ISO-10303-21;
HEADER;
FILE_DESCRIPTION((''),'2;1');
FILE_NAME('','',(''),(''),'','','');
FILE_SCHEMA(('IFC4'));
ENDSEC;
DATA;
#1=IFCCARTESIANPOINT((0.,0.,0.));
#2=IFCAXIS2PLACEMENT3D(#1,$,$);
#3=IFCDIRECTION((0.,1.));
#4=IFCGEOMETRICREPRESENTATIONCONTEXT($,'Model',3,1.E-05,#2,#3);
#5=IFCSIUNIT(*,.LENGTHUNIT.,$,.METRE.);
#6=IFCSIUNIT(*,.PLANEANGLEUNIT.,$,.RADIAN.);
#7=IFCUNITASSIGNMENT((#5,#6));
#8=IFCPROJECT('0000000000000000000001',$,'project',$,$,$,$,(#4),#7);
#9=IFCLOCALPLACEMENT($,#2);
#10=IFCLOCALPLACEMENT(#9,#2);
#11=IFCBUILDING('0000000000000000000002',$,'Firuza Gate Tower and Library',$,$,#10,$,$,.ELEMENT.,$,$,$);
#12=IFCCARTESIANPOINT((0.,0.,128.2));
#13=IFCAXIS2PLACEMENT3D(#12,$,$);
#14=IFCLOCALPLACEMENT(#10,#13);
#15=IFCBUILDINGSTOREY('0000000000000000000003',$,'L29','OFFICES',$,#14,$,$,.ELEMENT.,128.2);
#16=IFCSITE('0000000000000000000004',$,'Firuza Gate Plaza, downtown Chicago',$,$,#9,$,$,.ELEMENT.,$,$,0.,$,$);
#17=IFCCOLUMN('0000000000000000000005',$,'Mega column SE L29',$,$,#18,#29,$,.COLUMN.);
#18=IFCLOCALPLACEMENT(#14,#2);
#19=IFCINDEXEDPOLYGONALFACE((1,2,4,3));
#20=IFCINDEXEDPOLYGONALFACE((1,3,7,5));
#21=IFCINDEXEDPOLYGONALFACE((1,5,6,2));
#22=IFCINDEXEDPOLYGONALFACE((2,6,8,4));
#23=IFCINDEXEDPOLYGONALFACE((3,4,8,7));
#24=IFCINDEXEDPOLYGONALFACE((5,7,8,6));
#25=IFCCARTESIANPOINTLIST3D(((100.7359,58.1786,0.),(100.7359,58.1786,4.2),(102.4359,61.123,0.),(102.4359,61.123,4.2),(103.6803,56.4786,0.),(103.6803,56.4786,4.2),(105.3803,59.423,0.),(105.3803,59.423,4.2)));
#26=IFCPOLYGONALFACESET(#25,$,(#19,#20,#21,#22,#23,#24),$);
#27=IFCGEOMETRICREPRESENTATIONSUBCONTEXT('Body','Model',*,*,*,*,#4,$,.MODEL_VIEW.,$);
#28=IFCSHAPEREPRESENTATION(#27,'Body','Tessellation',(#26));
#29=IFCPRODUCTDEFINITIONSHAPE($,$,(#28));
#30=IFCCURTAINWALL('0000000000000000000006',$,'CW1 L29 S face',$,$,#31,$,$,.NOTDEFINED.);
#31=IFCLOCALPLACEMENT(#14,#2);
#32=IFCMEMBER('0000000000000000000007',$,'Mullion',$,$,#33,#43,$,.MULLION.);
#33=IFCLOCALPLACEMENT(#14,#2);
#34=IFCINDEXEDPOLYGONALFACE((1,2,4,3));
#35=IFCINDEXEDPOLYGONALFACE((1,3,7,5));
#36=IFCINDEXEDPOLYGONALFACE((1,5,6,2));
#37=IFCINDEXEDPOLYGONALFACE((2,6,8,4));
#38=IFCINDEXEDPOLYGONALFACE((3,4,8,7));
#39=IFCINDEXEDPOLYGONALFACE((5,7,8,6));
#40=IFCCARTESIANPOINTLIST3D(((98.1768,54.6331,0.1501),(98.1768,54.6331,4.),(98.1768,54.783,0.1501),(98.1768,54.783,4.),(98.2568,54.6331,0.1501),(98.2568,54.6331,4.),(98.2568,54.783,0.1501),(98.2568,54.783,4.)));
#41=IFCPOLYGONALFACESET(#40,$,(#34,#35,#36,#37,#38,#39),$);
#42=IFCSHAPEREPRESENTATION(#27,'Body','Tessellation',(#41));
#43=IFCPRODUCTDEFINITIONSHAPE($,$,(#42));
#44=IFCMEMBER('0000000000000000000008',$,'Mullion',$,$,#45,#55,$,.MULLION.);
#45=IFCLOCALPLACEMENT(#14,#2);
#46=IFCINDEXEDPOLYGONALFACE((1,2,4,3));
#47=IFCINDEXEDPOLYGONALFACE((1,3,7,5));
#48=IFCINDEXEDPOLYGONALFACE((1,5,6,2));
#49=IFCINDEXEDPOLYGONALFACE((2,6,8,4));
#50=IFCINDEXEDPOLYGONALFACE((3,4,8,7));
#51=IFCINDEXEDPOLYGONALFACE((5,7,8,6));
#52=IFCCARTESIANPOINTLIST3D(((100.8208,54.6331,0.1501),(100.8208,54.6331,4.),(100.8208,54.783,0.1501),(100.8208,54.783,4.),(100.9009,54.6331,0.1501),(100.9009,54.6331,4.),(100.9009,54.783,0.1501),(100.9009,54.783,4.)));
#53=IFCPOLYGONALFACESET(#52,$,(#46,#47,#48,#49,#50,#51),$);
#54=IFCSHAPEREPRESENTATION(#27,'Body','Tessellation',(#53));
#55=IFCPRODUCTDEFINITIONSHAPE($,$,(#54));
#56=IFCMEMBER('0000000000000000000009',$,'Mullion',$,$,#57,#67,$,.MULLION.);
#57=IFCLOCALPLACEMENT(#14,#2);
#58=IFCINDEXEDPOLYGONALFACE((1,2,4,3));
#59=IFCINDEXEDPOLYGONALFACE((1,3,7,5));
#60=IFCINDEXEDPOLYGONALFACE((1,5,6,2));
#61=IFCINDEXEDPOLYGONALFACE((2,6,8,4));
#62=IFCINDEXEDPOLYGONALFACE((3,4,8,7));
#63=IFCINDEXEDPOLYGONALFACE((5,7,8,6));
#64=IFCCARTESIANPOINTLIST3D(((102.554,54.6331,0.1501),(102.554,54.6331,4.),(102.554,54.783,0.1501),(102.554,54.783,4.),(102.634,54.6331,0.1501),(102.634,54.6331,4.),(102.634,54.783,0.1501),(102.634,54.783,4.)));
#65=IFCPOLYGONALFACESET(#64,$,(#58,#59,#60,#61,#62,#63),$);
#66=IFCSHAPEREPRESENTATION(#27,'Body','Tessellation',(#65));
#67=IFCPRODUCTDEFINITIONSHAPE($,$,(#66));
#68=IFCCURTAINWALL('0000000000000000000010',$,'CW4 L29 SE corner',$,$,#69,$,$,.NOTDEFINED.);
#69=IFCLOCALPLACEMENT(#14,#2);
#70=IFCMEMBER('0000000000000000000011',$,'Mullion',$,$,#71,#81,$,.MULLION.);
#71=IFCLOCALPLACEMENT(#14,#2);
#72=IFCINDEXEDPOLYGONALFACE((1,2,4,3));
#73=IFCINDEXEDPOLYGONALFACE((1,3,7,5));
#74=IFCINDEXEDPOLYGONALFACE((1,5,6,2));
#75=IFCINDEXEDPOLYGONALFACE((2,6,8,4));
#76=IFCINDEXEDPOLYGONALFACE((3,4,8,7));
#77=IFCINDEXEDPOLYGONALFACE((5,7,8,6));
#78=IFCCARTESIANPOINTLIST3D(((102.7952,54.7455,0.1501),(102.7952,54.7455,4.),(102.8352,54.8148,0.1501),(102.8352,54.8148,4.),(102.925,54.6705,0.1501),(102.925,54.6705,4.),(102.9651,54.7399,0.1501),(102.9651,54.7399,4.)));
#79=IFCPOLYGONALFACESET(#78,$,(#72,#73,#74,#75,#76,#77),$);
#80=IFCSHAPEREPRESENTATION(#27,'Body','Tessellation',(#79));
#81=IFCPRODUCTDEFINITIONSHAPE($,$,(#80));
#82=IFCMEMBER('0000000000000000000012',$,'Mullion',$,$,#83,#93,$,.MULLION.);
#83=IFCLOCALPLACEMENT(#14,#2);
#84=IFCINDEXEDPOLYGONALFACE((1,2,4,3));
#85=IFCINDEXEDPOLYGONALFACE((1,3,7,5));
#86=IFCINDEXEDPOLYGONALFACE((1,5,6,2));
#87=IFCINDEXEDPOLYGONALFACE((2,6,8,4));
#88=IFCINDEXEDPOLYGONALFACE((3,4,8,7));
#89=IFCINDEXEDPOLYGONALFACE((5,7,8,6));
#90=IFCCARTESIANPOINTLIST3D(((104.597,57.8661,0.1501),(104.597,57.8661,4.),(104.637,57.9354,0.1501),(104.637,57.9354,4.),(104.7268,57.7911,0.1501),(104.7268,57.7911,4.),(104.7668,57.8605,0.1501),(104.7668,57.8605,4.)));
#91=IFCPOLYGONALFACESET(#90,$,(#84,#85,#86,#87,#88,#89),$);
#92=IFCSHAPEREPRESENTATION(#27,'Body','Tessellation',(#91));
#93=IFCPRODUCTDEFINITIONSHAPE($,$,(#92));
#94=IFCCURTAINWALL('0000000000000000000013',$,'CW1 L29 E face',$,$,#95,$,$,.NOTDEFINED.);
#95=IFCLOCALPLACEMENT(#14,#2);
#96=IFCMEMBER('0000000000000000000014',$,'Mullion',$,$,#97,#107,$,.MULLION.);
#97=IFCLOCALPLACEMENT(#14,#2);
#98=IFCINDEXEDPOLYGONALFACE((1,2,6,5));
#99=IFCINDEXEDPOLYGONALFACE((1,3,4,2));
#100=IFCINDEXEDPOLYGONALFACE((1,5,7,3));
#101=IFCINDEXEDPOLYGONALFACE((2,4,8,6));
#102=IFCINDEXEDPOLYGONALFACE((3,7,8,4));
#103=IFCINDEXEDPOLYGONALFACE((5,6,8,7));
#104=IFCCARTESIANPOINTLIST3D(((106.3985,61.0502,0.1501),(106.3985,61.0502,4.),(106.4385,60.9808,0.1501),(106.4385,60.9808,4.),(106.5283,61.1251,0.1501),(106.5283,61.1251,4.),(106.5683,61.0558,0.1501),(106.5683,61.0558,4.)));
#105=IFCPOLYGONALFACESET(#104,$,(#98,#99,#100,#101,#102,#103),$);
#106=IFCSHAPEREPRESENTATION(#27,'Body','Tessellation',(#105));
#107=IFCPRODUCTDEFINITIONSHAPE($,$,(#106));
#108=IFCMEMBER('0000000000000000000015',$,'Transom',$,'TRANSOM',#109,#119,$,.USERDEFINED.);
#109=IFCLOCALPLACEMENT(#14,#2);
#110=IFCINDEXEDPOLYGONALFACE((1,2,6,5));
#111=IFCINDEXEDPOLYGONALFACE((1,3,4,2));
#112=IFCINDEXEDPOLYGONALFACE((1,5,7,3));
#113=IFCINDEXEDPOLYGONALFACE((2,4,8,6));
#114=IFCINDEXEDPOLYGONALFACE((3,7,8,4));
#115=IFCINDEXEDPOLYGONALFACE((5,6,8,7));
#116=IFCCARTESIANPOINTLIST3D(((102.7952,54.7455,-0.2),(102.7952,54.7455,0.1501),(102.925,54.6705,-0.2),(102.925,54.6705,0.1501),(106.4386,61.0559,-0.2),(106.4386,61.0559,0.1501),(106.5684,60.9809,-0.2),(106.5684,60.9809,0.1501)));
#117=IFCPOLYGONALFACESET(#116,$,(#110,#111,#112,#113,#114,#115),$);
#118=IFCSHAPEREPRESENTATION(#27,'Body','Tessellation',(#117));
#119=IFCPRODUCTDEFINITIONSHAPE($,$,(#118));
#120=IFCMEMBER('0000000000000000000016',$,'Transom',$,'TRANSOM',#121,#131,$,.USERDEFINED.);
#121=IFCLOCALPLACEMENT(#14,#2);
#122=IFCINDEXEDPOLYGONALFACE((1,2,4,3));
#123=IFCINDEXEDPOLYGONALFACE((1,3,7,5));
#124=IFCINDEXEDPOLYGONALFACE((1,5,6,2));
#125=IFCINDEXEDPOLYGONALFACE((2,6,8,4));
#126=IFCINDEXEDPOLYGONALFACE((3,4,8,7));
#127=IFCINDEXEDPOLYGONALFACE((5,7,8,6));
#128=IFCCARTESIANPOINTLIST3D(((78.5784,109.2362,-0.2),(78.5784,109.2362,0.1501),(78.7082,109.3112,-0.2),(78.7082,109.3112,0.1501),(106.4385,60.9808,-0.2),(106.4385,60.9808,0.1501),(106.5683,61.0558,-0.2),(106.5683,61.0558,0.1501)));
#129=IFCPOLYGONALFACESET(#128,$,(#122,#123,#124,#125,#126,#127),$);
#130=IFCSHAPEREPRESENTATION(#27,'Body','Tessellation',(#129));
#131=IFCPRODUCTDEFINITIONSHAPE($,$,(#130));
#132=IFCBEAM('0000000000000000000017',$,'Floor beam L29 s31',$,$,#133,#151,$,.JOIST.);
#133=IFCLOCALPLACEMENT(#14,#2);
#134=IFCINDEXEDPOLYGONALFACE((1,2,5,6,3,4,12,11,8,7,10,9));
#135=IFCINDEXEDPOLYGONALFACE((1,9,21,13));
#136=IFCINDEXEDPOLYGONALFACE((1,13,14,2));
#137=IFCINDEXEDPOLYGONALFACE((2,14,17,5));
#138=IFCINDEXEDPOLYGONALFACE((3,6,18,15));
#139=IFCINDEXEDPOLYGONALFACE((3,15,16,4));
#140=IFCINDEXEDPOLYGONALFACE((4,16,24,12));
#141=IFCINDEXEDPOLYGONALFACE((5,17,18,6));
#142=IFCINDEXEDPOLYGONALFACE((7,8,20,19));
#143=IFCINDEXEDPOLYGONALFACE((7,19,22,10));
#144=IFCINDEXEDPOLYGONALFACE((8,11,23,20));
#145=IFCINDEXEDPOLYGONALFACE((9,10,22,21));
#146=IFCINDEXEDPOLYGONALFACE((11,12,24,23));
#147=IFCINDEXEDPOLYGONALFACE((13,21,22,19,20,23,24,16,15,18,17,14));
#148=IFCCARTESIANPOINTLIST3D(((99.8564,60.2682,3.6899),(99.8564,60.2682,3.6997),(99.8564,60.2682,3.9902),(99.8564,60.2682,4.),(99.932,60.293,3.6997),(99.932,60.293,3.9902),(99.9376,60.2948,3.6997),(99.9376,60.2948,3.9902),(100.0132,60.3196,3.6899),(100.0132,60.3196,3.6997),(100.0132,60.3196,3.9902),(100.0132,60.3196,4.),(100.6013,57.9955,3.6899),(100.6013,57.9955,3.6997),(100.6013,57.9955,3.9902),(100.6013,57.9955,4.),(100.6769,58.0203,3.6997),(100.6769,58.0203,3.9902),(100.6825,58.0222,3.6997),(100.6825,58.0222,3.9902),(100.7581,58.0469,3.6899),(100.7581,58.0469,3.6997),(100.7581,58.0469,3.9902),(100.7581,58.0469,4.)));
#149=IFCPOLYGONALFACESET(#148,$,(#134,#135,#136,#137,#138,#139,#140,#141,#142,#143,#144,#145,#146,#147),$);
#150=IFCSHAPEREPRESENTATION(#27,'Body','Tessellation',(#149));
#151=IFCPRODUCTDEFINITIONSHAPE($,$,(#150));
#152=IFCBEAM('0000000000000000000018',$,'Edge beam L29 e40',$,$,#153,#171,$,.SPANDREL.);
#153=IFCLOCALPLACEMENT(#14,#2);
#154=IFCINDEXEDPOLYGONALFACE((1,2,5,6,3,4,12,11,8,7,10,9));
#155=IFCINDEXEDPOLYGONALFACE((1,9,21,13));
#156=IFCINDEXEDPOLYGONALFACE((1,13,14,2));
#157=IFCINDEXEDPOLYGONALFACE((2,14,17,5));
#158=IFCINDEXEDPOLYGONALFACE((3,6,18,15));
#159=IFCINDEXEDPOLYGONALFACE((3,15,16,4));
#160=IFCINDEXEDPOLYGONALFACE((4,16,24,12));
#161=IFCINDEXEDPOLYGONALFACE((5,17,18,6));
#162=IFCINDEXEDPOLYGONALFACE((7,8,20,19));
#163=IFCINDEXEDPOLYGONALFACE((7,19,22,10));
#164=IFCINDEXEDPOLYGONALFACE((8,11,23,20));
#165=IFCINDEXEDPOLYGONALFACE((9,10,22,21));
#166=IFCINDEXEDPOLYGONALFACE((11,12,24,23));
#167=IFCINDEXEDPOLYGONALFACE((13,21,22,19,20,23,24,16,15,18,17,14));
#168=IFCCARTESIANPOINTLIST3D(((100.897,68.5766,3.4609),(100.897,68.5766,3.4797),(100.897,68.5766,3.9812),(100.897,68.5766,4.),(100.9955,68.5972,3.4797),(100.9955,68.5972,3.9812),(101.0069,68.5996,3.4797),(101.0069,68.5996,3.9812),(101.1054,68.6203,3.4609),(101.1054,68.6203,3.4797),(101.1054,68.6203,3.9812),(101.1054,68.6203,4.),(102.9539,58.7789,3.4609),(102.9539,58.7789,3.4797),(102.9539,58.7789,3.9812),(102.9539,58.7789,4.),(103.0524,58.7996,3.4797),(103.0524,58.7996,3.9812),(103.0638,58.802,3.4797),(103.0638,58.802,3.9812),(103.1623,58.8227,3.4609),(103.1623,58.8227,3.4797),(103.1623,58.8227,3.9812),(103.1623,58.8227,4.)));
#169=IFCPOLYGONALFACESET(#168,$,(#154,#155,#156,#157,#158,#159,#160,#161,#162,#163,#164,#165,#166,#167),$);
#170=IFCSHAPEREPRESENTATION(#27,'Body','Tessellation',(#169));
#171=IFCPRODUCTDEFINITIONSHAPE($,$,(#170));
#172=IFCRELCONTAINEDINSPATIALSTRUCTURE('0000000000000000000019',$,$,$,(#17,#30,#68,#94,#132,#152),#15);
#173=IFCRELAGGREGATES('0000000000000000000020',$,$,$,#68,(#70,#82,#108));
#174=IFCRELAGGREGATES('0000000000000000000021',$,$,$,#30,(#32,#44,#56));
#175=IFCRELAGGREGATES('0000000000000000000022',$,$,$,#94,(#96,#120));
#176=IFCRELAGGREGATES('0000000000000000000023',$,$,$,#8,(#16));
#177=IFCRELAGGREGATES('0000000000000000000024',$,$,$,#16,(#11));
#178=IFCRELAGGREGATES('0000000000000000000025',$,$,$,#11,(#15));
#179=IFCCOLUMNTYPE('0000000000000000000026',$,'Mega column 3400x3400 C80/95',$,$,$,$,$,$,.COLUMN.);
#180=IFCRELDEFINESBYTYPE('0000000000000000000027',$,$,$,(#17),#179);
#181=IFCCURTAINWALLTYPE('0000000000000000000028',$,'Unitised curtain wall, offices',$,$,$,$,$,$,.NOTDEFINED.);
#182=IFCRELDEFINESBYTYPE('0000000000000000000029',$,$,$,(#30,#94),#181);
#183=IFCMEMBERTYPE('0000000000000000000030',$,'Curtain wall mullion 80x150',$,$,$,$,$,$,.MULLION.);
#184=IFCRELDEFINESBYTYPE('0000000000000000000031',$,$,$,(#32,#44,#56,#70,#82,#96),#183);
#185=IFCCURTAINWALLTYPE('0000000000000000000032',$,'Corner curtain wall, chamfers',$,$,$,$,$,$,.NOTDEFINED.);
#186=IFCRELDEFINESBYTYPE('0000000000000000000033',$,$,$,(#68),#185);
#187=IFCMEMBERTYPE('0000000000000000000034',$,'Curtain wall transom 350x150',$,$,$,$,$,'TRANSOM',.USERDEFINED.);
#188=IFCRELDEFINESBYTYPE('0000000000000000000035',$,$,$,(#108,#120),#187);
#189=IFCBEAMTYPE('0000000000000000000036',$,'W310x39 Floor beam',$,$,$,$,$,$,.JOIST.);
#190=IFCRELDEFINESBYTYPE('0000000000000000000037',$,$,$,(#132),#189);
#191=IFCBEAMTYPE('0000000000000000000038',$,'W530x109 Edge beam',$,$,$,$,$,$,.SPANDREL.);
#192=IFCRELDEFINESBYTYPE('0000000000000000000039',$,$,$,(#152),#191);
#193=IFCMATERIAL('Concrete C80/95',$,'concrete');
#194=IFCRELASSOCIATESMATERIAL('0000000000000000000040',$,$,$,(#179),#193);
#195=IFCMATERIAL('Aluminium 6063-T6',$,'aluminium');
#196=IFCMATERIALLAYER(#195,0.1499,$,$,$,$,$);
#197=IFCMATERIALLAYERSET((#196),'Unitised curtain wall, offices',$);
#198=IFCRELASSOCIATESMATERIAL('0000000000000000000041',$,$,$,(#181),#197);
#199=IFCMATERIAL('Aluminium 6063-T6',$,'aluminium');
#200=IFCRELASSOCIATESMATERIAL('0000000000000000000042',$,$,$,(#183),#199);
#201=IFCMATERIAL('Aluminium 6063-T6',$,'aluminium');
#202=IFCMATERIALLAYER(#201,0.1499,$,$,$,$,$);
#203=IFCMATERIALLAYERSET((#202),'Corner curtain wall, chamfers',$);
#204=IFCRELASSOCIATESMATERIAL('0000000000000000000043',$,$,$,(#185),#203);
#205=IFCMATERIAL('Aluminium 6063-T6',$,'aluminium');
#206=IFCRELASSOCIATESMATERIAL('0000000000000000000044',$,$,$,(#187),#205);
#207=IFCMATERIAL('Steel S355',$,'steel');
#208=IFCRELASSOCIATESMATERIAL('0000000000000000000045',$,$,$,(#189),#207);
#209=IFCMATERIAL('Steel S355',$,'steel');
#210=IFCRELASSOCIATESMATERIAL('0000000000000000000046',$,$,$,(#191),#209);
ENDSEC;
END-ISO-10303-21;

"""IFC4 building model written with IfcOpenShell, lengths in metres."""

from ifc_helpers import new_model, si_unit, direction, frame, origin, origin_2d, place, context, subcontext, project, spatial, rectangle, i_section, extrude, material, layer, layer_set, material_profile, profile_set, type_object, element, aggregate, save


model = new_model("IFC4")

# Units and contexts
model_context = context("Model", 3, precision=1e-05, world=origin(), true_north=direction((0.0, 1.0)))
body_context = subcontext(model_context, "Body", "Model", "MODEL_VIEW")
ifc_project = project(units=[si_unit("LENGTHUNIT", "METRE"), si_unit("PLANEANGLEUNIT", "RADIAN")], contexts=[model_context])

# Site, building, storey
site_placement = place(None, origin())
site = spatial("IfcSite", under=ifc_project, at=site_placement, Name="Firuza Gate Plaza, downtown Chicago", CompositionType="ELEMENT", RefElevation=0.0)
building_placement = place(site_placement, origin())
building = spatial("IfcBuilding", under=site, at=building_placement, Name="Firuza Gate Tower and Library", CompositionType="ELEMENT")
storey_placement = place(building_placement, frame((0.0, 0.0, 128.2)))
storey = spatial("IfcBuildingStorey", under=building, at=storey_placement, Name="L29", Description="OFFICES", CompositionType="ELEMENT", Elevation=128.2)

# Column
ifc_material_1 = material(Name="Concrete C80/95", Category="concrete")
ifc_material_profile_1 = material_profile(ifc_material_1, rectangle(XDim=3.3999, YDim=3.3999, at=origin_2d()))
ifc_profile_set_1 = profile_set([ifc_material_profile_1], Name="Concrete C80/95")
column_type = type_object("IfcColumnType", Name="Mega column 3400x3400 C80/95", PredefinedType="COLUMN", material=ifc_profile_set_1)
column_placement = place(storey_placement, frame((103.0581, 58.8008, 0.0), z_axis=(0.0, 0.0, 1.0), x_axis=(0.5, 0.866025, 0.0)))
element("IfcColumn", 1, at=column_placement, inside=storey, type_object=column_type, Name="Mega column SE L29", PredefinedType="COLUMN", context=body_context, shape_type="SweptSolid", body=[
    extrude(rectangle(XDim=3.3999, YDim=3.3999, at=origin_2d()), origin(), (0.0, 0.0, 1.0), 4.2),
])

# Curtain walls, members
ifc_material_2 = material(Name="Aluminium 6063-T6", Category="aluminium")
ifc_layer_1 = layer(ifc_material_2, 0.1499)
ifc_layer_set_1 = layer_set([ifc_layer_1], Name="Unitised curtain wall, offices")
curtain_wall_type_1 = type_object("IfcCurtainWallType", Name="Unitised curtain wall, offices", PredefinedType="NOTDEFINED", material=ifc_layer_set_1)
placement = place(storey_placement, origin())
curtain_wall_1 = element("IfcCurtainWall", 2, at=placement, inside=storey, type_object=curtain_wall_type_1, Name="CW1 L29 S face", PredefinedType="NOTDEFINED")
ifc_material_3 = material(Name="Aluminium 6063-T6", Category="aluminium")
ifc_material_profile_2 = material_profile(ifc_material_3, rectangle(XDim=0.1499, YDim=0.0801, at=origin_2d()))
ifc_profile_set_2 = profile_set([ifc_material_profile_2], Name="Aluminium 6063-T6")
member_type_1 = type_object("IfcMemberType", Name="Curtain wall mullion 80x150", PredefinedType="MULLION", material=ifc_profile_set_2)
member_1_placement = place(storey_placement, frame((98.2168, 54.708, 0.1501), z_axis=(0.0, 0.0, 1.0), x_axis=(0.0, 1.0, 0.0)))
member_1 = element("IfcMember", 3, at=member_1_placement, type_object=member_type_1, Name="Mullion", PredefinedType="MULLION", context=body_context, shape_type="SweptSolid", body=[
    extrude(rectangle(XDim=0.1499, YDim=0.0801, at=origin_2d()), origin(), (0.0, 0.0, 1.0), 3.8499),
])
member_2_placement = place(storey_placement, frame((100.8608, 54.708, 0.1501), z_axis=(0.0, 0.0, 1.0), x_axis=(0.0, 1.0, 0.0)))
member_2 = element("IfcMember", 4, at=member_2_placement, type_object=member_type_1, Name="Mullion", PredefinedType="MULLION", context=body_context, shape_type="SweptSolid", body=[
    extrude(rectangle(XDim=0.1499, YDim=0.0801, at=origin_2d()), origin(), (0.0, 0.0, 1.0), 3.8499),
])
member_3_placement = place(storey_placement, frame((102.594, 54.708, 0.1501), z_axis=(0.0, 0.0, 1.0), x_axis=(0.0, 1.0, 0.0)))
member_3 = element("IfcMember", 5, at=member_3_placement, type_object=member_type_1, Name="Mullion", PredefinedType="MULLION", context=body_context, shape_type="SweptSolid", body=[
    extrude(rectangle(XDim=0.1499, YDim=0.0801, at=origin_2d()), origin(), (0.0, 0.0, 1.0), 3.8499),
])
ifc_material_4 = material(Name="Aluminium 6063-T6", Category="aluminium")
ifc_layer_2 = layer(ifc_material_4, 0.1499)
ifc_layer_set_2 = layer_set([ifc_layer_2], Name="Corner curtain wall, chamfers")
curtain_wall_type_2 = type_object("IfcCurtainWallType", Name="Corner curtain wall, chamfers", PredefinedType="NOTDEFINED", material=ifc_layer_set_2)
curtain_wall_2 = element("IfcCurtainWall", 6, at=placement, inside=storey, type_object=curtain_wall_type_2, Name="CW4 L29 SE corner", PredefinedType="NOTDEFINED")
member_4_placement = place(storey_placement, frame((102.8801, 54.7427, 0.1501), z_axis=(0.0, 0.0, 1.0), x_axis=(-0.866025, 0.5, 0.0)))
member_4 = element("IfcMember", 7, at=member_4_placement, type_object=member_type_1, Name="Mullion", PredefinedType="MULLION", context=body_context, shape_type="SweptSolid", body=[
    extrude(rectangle(XDim=0.1499, YDim=0.0801, at=origin_2d()), origin(), (0.0, 0.0, 1.0), 3.8499),
])
member_5_placement = place(storey_placement, frame((104.6819, 57.8633, 0.1501), z_axis=(0.0, 0.0, 1.0), x_axis=(-0.866025, 0.5, 0.0)))
member_5 = element("IfcMember", 8, at=member_5_placement, type_object=member_type_1, Name="Mullion", PredefinedType="MULLION", context=body_context, shape_type="SweptSolid", body=[
    extrude(rectangle(XDim=0.1499, YDim=0.0801, at=origin_2d()), origin(), (0.0, 0.0, 1.0), 3.8499),
])

# Curtain wall, member
curtain_wall_3 = element("IfcCurtainWall", 9, at=placement, inside=storey, type_object=curtain_wall_type_1, Name="CW1 L29 E face", PredefinedType="NOTDEFINED")
member_6_placement = place(storey_placement, frame((106.4834, 61.053, 0.1501), z_axis=(0.0, 0.0, 1.0), x_axis=(-0.866025, -0.5, 0.0)))
member_6 = element("IfcMember", 10, at=member_6_placement, type_object=member_type_1, Name="Mullion", PredefinedType="MULLION", context=body_context, shape_type="SweptSolid", body=[
    extrude(rectangle(XDim=0.1499, YDim=0.0801, at=origin_2d()), origin(), (0.0, 0.0, 1.0), 3.8499),
])

# Members
ifc_material_5 = material(Name="Aluminium 6063-T6", Category="aluminium")
ifc_material_profile_3 = material_profile(ifc_material_5, rectangle(XDim=0.1499, YDim=0.3501, at=origin_2d()))
ifc_profile_set_3 = profile_set([ifc_material_profile_3], Name="Aluminium 6063-T6")
member_type_2 = type_object("IfcMemberType", Name="Curtain wall transom 350x150", ElementType="TRANSOM", PredefinedType="USERDEFINED", material=ifc_profile_set_3)
member_7_placement = place(storey_placement, frame((102.8601, 54.708, -0.0249), z_axis=(0.500006, 0.866022, 0.0), x_axis=(-0.866022, 0.500006, 0.0)))
member_7 = element("IfcMember", 11, at=member_7_placement, type_object=member_type_2, Name="Transom", ObjectType="TRANSOM", PredefinedType="USERDEFINED", context=body_context, shape_type="SweptSolid", body=[
    extrude(rectangle(XDim=0.1499, YDim=0.3501, at=origin_2d()), origin(), (0.0, 0.0, 1.0), 7.2866),
])
member_8_placement = place(storey_placement, frame((106.5034, 61.0183, -0.0249), z_axis=(-0.499998, 0.866027, 0.0), x_axis=(-0.866027, -0.499998, 0.0)))
member_8 = element("IfcMember", 12, at=member_8_placement, type_object=member_type_2, Name="Transom", ObjectType="TRANSOM", PredefinedType="USERDEFINED", context=body_context, shape_type="SweptSolid", body=[
    extrude(rectangle(XDim=0.1499, YDim=0.3501, at=origin_2d()), origin(), (0.0, 0.0, 1.0), 55.7205),
])

# Beams
ifc_material_6 = material(Name="Steel S355", Category="steel")
ifc_material_profile_4 = material_profile(ifc_material_6, i_section(OverallWidth=0.165, OverallDepth=0.3101, WebThickness=0.0059, FlangeThickness=0.0098, at=origin_2d()))
ifc_profile_set_4 = profile_set([ifc_material_profile_4], Name="Steel S355")
beam_type_1 = type_object("IfcBeamType", Name="W310x39 Floor beam", PredefinedType="JOIST", material=ifc_profile_set_4)
beam_1_placement = place(storey_placement, frame((100.6797, 58.0212, 3.845), z_axis=(-0.311446, 0.950264, 0.0), x_axis=(-0.950264, -0.311446, 0.0)))
element("IfcBeam", 13, at=beam_1_placement, inside=storey, type_object=beam_type_1, Name="Floor beam L29 s31", PredefinedType="JOIST", context=body_context, shape_type="SweptSolid", body=[
    extrude(i_section(OverallWidth=0.165, OverallDepth=0.3101, WebThickness=0.0059, FlangeThickness=0.0098, at=origin_2d()), origin(), (0.0, 0.0, 1.0), 2.3916),
])
ifc_material_7 = material(Name="Steel S355", Category="steel")
ifc_material_profile_5 = material_profile(ifc_material_7, i_section(OverallWidth=0.2129, OverallDepth=0.5391, WebThickness=0.0117, FlangeThickness=0.0188, at=origin_2d()))
ifc_profile_set_5 = profile_set([ifc_material_profile_5], Name="Steel S355")
beam_type_2 = type_object("IfcBeamType", Name="W530x109 Edge beam", PredefinedType="SPANDREL", material=ifc_profile_set_5)
beam_2_placement = place(storey_placement, frame((103.0581, 58.8008, 3.7305), z_axis=(-0.205459, 0.978666, 0.0), x_axis=(-0.978666, -0.205459, 0.0)))
element("IfcBeam", 14, at=beam_2_placement, inside=storey, type_object=beam_type_2, Name="Edge beam L29 e40", PredefinedType="SPANDREL", context=body_context, shape_type="SweptSolid", body=[
    extrude(i_section(OverallWidth=0.2129, OverallDepth=0.5391, WebThickness=0.0117, FlangeThickness=0.0188, at=origin_2d()), origin(), (0.0, 0.0, 1.0), 10.0112),
])

aggregate(curtain_wall_2, [member_4, member_5, member_7])
aggregate(curtain_wall_1, [member_1, member_2, member_3])
aggregate(curtain_wall_3, [member_6, member_8])

save(model, "model.ifc")
